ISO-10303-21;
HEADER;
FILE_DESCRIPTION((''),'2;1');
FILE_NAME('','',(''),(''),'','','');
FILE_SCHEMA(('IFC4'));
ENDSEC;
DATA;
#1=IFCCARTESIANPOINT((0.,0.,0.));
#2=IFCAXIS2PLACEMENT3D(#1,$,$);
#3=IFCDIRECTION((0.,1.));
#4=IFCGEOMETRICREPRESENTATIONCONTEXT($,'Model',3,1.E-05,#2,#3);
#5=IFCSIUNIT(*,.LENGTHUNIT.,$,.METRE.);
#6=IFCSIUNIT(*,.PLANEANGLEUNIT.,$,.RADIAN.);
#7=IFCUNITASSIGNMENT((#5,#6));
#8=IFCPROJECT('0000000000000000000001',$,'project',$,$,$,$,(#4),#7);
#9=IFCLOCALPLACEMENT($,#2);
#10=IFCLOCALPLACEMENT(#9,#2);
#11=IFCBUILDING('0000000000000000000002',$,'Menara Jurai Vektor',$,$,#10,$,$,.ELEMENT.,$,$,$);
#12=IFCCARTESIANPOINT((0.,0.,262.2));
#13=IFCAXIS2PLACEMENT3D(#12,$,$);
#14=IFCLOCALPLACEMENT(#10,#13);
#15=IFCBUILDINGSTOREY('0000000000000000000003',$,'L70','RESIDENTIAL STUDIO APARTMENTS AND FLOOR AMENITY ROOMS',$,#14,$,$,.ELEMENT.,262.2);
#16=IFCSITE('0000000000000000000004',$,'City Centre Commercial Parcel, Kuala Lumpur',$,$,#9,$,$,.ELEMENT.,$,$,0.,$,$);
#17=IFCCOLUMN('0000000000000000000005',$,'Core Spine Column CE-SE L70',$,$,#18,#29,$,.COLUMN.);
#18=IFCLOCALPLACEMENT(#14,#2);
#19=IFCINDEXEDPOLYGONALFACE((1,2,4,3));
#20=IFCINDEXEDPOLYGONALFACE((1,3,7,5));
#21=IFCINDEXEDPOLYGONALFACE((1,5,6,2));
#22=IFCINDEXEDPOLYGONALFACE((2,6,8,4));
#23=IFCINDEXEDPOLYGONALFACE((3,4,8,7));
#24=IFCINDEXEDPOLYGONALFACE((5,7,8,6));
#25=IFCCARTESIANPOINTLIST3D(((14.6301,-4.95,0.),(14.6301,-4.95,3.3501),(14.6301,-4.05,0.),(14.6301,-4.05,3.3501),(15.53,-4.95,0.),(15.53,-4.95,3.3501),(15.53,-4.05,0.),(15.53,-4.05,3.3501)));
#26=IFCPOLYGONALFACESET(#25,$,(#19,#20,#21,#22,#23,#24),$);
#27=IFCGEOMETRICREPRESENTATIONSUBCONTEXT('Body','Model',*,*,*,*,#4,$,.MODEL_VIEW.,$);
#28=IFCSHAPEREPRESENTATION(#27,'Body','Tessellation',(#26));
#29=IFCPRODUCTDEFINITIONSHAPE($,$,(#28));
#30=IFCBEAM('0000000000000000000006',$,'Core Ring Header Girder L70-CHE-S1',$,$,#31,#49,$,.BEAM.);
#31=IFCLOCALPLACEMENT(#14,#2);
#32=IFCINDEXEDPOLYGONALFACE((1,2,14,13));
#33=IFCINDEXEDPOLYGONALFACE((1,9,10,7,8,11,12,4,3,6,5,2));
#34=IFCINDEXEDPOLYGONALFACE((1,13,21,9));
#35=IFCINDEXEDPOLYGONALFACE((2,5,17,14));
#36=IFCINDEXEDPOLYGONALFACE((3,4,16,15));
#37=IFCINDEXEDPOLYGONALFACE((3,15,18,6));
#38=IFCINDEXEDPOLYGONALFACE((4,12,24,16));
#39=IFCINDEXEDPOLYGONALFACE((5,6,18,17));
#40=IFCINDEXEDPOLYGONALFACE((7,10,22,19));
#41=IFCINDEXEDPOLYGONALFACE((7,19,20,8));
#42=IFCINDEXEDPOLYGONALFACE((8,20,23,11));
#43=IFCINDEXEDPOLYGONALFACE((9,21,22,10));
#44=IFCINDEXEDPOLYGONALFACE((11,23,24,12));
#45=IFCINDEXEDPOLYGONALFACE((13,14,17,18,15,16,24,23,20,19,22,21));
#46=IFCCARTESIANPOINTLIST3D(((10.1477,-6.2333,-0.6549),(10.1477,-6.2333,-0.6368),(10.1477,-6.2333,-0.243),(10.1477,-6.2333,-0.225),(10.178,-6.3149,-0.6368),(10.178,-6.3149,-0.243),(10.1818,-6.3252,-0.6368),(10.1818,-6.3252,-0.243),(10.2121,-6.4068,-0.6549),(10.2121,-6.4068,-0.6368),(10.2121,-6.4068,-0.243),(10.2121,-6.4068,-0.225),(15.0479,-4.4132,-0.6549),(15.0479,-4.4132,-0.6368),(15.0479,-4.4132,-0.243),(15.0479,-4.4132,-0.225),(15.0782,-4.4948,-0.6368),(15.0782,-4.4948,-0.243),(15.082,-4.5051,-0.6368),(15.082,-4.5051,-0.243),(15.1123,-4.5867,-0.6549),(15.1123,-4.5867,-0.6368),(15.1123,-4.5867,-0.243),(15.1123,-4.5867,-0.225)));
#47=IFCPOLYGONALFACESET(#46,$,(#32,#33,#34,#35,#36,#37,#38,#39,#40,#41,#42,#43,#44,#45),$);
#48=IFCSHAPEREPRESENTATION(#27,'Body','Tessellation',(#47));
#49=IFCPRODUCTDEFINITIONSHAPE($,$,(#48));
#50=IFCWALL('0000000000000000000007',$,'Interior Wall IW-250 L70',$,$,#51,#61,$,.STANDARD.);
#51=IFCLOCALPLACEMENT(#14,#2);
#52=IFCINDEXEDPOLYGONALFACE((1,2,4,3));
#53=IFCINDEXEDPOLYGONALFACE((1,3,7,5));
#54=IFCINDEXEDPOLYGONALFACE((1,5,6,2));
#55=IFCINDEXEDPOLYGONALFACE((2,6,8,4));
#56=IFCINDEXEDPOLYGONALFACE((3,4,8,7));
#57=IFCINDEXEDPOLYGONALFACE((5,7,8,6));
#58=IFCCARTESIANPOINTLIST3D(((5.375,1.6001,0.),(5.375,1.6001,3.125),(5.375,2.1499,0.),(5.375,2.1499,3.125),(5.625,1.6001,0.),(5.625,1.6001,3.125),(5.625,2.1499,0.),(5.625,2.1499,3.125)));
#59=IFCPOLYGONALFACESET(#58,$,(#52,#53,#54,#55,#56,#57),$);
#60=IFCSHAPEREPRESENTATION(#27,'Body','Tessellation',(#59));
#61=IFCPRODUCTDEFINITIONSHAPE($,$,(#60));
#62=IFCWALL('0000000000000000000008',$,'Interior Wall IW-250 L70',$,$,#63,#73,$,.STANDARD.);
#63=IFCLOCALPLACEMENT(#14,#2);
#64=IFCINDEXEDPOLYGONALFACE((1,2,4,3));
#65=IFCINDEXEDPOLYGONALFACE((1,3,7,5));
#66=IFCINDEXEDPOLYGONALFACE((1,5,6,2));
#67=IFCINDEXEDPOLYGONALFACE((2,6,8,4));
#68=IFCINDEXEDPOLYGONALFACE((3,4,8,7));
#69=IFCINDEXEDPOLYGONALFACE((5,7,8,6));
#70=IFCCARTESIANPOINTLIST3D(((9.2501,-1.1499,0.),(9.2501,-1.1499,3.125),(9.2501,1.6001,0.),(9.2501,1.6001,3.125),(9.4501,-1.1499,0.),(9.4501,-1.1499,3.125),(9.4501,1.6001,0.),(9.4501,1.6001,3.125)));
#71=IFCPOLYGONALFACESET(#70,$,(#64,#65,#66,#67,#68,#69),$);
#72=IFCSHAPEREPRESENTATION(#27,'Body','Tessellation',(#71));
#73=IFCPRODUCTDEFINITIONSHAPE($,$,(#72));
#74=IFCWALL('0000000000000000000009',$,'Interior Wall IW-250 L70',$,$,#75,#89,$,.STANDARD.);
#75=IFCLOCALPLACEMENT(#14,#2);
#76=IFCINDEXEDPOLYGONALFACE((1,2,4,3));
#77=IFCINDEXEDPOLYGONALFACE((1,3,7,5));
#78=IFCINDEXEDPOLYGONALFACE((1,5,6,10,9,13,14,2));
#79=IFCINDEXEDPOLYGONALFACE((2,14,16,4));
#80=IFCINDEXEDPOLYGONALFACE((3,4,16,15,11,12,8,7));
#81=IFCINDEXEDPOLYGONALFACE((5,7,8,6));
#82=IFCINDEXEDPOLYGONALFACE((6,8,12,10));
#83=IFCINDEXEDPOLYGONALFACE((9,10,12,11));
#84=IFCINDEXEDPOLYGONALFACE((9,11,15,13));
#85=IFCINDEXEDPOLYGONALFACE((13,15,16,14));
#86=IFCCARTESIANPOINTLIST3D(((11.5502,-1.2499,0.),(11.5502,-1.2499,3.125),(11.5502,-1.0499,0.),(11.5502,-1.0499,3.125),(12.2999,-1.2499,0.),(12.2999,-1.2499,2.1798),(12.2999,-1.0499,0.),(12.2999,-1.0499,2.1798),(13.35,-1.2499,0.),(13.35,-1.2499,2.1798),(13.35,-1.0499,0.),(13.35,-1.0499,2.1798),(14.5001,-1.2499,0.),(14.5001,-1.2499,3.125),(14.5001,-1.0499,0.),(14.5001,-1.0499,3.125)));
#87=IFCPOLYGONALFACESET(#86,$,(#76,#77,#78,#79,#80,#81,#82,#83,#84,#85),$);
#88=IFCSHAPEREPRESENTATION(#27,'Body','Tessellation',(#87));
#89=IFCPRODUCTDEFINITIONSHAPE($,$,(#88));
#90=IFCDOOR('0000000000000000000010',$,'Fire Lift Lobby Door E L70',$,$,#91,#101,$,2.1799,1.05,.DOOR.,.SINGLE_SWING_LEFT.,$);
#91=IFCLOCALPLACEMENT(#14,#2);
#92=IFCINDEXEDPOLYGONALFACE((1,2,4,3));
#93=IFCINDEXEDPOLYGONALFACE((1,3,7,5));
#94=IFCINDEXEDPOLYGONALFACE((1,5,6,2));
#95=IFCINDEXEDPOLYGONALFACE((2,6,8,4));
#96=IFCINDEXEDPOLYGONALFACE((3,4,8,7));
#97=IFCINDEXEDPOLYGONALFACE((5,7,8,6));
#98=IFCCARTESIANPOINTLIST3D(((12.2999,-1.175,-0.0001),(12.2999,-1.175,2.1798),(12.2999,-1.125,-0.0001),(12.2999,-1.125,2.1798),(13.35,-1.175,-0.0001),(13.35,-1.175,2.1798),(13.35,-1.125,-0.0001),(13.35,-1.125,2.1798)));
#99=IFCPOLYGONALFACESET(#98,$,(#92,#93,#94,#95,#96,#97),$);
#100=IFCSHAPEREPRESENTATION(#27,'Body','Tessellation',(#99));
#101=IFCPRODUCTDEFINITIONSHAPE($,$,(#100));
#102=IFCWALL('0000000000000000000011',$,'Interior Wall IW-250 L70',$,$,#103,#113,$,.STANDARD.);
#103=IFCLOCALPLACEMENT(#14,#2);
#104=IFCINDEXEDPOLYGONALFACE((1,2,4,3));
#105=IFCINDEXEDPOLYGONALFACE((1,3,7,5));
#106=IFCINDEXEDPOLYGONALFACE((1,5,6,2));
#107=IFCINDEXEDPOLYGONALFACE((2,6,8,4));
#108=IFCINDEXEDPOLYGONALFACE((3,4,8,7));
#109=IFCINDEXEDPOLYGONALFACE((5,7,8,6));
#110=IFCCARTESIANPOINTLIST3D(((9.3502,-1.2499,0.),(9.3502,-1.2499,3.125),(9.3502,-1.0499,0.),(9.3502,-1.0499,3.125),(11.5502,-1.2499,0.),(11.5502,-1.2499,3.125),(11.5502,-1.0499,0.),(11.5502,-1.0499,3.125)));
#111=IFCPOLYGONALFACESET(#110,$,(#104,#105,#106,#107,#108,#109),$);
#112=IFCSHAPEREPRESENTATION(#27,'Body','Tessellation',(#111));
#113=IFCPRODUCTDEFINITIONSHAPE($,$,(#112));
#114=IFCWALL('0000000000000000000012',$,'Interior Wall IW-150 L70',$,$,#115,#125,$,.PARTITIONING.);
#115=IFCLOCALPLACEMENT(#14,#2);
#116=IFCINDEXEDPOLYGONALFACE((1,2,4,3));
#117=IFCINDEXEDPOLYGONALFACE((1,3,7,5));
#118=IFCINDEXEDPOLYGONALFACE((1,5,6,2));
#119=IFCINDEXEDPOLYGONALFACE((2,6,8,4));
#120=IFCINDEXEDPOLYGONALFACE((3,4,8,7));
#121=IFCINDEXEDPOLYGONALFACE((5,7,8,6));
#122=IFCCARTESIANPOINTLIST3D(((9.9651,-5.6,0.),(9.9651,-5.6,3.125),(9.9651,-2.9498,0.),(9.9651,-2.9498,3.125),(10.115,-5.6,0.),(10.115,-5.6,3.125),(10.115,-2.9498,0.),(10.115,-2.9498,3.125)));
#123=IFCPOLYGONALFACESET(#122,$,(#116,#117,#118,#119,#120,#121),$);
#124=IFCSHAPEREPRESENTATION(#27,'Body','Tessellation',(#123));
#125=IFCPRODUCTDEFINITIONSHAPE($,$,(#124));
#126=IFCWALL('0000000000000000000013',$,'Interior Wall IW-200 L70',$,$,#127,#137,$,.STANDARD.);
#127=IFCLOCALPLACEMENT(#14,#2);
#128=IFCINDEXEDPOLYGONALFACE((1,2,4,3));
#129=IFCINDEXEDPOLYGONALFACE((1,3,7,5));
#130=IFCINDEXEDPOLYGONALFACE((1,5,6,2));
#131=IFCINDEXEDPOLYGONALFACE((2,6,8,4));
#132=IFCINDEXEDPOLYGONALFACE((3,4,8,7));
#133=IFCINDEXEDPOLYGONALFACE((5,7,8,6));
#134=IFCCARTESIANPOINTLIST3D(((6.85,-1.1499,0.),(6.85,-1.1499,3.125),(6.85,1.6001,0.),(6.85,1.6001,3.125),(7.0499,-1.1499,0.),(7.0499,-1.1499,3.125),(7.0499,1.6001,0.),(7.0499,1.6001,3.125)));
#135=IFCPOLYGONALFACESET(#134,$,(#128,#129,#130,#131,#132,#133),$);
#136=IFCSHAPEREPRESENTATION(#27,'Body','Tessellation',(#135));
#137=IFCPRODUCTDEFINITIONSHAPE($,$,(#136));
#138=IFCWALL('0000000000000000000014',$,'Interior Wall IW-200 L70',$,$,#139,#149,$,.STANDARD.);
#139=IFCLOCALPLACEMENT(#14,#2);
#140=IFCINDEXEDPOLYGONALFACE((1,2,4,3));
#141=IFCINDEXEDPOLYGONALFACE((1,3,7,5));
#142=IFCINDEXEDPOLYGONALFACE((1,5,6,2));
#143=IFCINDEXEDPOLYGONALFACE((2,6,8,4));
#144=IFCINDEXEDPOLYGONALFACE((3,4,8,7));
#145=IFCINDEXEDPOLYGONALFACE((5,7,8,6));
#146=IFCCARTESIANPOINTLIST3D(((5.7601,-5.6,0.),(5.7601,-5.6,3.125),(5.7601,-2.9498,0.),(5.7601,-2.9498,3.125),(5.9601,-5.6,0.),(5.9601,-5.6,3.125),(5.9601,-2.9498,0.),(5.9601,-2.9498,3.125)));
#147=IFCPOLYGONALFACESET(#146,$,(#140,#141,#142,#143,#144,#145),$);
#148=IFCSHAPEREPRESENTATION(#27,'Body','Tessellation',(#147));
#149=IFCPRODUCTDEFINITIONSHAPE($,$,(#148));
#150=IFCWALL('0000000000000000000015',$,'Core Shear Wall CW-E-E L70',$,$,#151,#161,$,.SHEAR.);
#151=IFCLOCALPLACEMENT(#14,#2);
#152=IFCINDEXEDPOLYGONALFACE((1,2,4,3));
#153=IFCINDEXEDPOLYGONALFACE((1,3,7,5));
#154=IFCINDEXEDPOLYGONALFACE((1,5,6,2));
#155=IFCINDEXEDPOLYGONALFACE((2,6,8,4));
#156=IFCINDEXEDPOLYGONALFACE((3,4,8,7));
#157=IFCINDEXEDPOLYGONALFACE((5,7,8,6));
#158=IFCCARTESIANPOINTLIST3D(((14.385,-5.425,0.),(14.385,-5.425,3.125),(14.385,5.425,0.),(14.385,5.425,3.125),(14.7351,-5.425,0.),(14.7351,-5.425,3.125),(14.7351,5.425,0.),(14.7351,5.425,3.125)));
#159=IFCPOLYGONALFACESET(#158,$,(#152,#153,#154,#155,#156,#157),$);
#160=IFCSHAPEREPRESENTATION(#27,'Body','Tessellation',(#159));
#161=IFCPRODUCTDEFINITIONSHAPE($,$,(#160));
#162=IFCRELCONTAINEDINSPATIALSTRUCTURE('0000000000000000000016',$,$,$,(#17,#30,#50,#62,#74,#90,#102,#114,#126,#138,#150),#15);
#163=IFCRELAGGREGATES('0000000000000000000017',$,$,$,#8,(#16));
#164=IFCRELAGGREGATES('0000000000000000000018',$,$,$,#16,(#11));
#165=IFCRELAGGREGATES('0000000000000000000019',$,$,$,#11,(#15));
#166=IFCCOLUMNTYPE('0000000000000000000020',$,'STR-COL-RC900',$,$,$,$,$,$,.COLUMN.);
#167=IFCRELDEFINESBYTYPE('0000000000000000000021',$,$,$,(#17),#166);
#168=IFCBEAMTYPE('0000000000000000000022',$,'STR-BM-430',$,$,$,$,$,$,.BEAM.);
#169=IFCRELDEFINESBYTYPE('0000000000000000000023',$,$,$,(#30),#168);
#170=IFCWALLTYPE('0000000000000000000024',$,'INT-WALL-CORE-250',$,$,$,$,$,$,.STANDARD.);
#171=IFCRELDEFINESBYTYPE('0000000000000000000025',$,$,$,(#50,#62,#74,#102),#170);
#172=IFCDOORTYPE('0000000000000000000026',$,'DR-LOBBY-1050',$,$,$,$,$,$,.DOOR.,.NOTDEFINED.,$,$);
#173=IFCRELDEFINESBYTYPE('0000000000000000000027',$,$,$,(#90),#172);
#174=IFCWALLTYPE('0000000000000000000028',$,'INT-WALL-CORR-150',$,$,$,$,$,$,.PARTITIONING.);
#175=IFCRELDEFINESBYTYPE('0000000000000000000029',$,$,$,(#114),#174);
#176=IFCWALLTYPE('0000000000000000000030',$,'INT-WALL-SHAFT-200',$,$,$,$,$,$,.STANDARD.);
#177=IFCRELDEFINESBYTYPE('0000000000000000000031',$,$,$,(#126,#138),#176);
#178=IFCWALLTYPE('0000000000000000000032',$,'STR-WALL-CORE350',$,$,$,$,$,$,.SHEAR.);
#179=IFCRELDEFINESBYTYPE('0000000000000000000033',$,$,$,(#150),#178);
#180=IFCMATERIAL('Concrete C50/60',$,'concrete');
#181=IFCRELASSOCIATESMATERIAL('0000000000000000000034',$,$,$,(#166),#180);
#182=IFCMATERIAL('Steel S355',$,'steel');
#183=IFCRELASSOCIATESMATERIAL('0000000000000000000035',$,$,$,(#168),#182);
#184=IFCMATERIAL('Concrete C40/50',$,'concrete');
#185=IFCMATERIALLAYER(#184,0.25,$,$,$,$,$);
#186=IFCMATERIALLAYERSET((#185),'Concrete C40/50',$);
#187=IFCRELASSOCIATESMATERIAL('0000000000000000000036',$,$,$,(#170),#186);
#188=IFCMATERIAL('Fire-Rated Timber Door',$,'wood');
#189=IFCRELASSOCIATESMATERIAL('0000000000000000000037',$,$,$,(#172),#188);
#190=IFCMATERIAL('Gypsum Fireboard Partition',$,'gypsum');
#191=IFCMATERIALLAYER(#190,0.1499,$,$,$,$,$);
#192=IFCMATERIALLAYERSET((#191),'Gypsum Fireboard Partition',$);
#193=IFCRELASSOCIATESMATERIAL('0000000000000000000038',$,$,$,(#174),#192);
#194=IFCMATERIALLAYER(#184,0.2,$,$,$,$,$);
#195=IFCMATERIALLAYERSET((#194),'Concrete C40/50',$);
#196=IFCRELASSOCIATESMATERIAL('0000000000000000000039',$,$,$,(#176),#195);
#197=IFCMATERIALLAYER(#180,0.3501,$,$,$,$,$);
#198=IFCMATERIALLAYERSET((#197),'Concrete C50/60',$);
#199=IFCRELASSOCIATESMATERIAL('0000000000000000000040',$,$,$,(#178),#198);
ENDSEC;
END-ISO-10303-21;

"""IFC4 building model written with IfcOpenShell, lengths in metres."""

from ifc_helpers import new_model, si_unit, direction, frame, frame_2d, origin, origin_2d, place, context, subcontext, project, spatial, rectangle, i_section, extrude, material, layer, layer_set, material_profile, profile_set, type_object, element, fill, save


model = new_model("IFC4")

# Units and contexts
model_context = context("Model", 3, precision=1e-05, world=origin(), true_north=direction((0.0, 1.0)))
body_context = subcontext(model_context, "Body", "Model", "MODEL_VIEW")
ifc_project = project(units=[si_unit("LENGTHUNIT", "METRE"), si_unit("PLANEANGLEUNIT", "RADIAN")], contexts=[model_context])

# Site, building, storey
site_placement = place(None, origin())
site = spatial("IfcSite", under=ifc_project, at=site_placement, Name="City Centre Commercial Parcel, Kuala Lumpur", CompositionType="ELEMENT", RefElevation=0.0)
building_placement = place(site_placement, origin())
building = spatial("IfcBuilding", under=site, at=building_placement, Name="Menara Jurai Vektor", CompositionType="ELEMENT")
storey_placement = place(building_placement, frame((0.0, 0.0, 262.2)))
storey = spatial("IfcBuildingStorey", under=building, at=storey_placement, Name="L70", Description="RESIDENTIAL STUDIO APARTMENTS AND FLOOR AMENITY ROOMS", CompositionType="ELEMENT", Elevation=262.2)

# Column
ifc_material_1 = material(Name="Concrete C50/60", Category="concrete")
ifc_material_profile_1 = material_profile(ifc_material_1, rectangle(XDim=0.8999, YDim=0.8999, at=origin_2d()), Name="RC 900x900")
ifc_profile_set_1 = profile_set([ifc_material_profile_1], Name="Concrete C50/60")
column_type = type_object("IfcColumnType", Name="STR-COL-RC900", PredefinedType="COLUMN", material=ifc_profile_set_1)
column_placement = place(storey_placement, frame((15.0801, -4.5, 0.0), z_axis=(0.0, 0.0, 1.0), x_axis=(1.0, 0.0, 0.0)))
element("IfcColumn", 1, at=column_placement, inside=storey, type_object=column_type, Name="Core Spine Column CE-SE L70", PredefinedType="COLUMN", context=body_context, shape_type="SweptSolid", body=[
    extrude(rectangle(XDim=0.8999, YDim=0.8999, at=origin_2d()), origin(), (0.0, 0.0, 1.0), 3.3501),
])

# Beam
ifc_material_2 = material(Name="Steel S355", Category="steel")
ifc_material_profile_2 = material_profile(ifc_material_2, i_section(OverallWidth=0.1851, OverallDepth=0.4299, WebThickness=0.011, FlangeThickness=0.0181, at=origin_2d()), Name="PG 430x185x76")
ifc_profile_set_2 = profile_set([ifc_material_profile_2], Name="Steel S355")
beam_type = type_object("IfcBeamType", Name="STR-BM-430", PredefinedType="BEAM", material=ifc_profile_set_2)
beam_placement = place(storey_placement, frame((10.1799, -6.3201, -0.4399), z_axis=(0.937424, 0.348189, 0.0), x_axis=(-0.348189, 0.937424, 0.0)))
element("IfcBeam", 2, at=beam_placement, inside=storey, type_object=beam_type, Name="Core Ring Header Girder L70-CHE-S1", PredefinedType="BEAM", context=body_context, shape_type="SweptSolid", body=[
    extrude(i_section(OverallWidth=0.1851, OverallDepth=0.4299, WebThickness=0.011, FlangeThickness=0.0181, at=origin_2d()), origin(), (0.0, 0.0, 1.0), 5.2273),
])

# Wall
ifc_material_3 = material(Name="Concrete C40/50", Category="concrete")
ifc_layer_1 = layer(ifc_material_3, 0.25)
ifc_layer_set_1 = layer_set([ifc_layer_1], Name="Concrete C40/50")
wall_type_1 = type_object("IfcWallType", Name="INT-WALL-CORE-250", PredefinedType="STANDARD", material=ifc_layer_set_1)
wall_1_placement = place(storey_placement, frame((5.5, 1.6001, 0.0), z_axis=(0.0, 0.0, 1.0), x_axis=(0.0, 1.0, 0.0)))
element("IfcWall", 3, at=wall_1_placement, inside=storey, type_object=wall_type_1, Name="Interior Wall IW-250 L70", PredefinedType="STANDARD", context=body_context, shape_type="SweptSolid", body=[
    extrude(rectangle(XDim=0.5498, YDim=0.25, at=frame_2d((0.2749, 0.0))), origin(), (0.0, 0.0, 1.0), 3.125),
])

# Wall
wall_2_placement = place(storey_placement, frame((9.3501, -1.1499, 0.0), z_axis=(0.0, 0.0, 1.0), x_axis=(0.0, 1.0, 0.0)))
element("IfcWall", 4, at=wall_2_placement, inside=storey, type_object=wall_type_1, Name="Interior Wall IW-250 L70", PredefinedType="STANDARD", context=body_context, shape_type="SweptSolid", body=[
    extrude(rectangle(XDim=2.75, YDim=0.2, at=frame_2d((1.375, 0.0))), origin(), (0.0, 0.0, 1.0), 3.125),
])

# Wall, opening, door
wall_3_placement = place(storey_placement, frame((11.55, -1.1499, 0.0), z_axis=(0.0, 0.0, 1.0), x_axis=(1.0, 0.0, 0.0)))
wall_3 = element("IfcWall", 5, at=wall_3_placement, inside=storey, type_object=wall_type_1, Name="Interior Wall IW-250 L70", PredefinedType="STANDARD", context=body_context, shape_type="SweptSolid", body=[
    extrude(rectangle(XDim=2.95, YDim=0.2, at=frame_2d((1.4751, 0.0))), origin(), (0.0, 0.0, 1.0), 3.125),
])
opening_1_placement = place(wall_3_placement, frame((0.75, 0.0, 0.0)))
opening_1 = element("IfcOpeningElement", 6, at=opening_1_placement, cuts=wall_3, PredefinedType="OPENING", context=body_context, shape_type="SweptSolid", body=[
    extrude(rectangle(XDim=1.05, YDim=2.1799, at=frame_2d((0.5249, 1.0898))), frame((0.0, 0.1099, 0.0), z_axis=(0.0, -1.0, 0.0), x_axis=(1.0, 0.0, 0.0)), (0.0, 0.0, 1.0), 0.22),
])
ifc_material_4 = material(Name="Fire-Rated Timber Door", Category="wood")
door_type_1 = type_object("IfcDoorType", Name="DR-LOBBY-1050", OperationType="NOTDEFINED", PredefinedType="DOOR", material=ifc_material_4)
door_1_placement = place(opening_1_placement, origin())
door_1 = element("IfcDoor", 7, at=door_1_placement, inside=storey, type_object=door_type_1, Name="Fire Lift Lobby Door E L70", OperationType="SINGLE_SWING_LEFT", OverallHeight=2.1799, OverallWidth=1.05, PredefinedType="DOOR", context=body_context, shape_type="SweptSolid", body=[
    extrude(rectangle(XDim=1.05, YDim=2.1799, at=frame_2d((0.5249, 1.0898))), frame((0.0, 0.0249, 0.0), z_axis=(0.0, -1.0, 0.0), x_axis=(1.0, 0.0, 0.0)), (0.0, 0.0, 1.0), 0.05),
])
fill(opening_1, door_1)

# Walls
wall_4_placement = place(storey_placement, frame((9.3501, -1.1499, 0.0), z_axis=(0.0, 0.0, 1.0), x_axis=(1.0, 0.0, 0.0)))
element("IfcWall", 8, at=wall_4_placement, inside=storey, type_object=wall_type_1, Name="Interior Wall IW-250 L70", PredefinedType="STANDARD", context=body_context, shape_type="SweptSolid", body=[
    extrude(rectangle(XDim=2.2, YDim=0.2, at=frame_2d((1.1001, 0.0))), origin(), (0.0, 0.0, 1.0), 3.125),
])
ifc_material_5 = material(Name="Gypsum Fireboard Partition", Category="gypsum")
ifc_layer_2 = layer(ifc_material_5, 0.1499)
ifc_layer_set_2 = layer_set([ifc_layer_2], Name="Gypsum Fireboard Partition")
wall_type_2 = type_object("IfcWallType", Name="INT-WALL-CORR-150", PredefinedType="PARTITIONING", material=ifc_layer_set_2)
wall_5_placement = place(storey_placement, frame((10.04, -5.6001, 0.0), z_axis=(0.0, 0.0, 1.0), x_axis=(0.0, 1.0, 0.0)))
element("IfcWall", 9, at=wall_5_placement, inside=storey, type_object=wall_type_2, Name="Interior Wall IW-150 L70", PredefinedType="PARTITIONING", context=body_context, shape_type="SweptSolid", body=[
    extrude(rectangle(XDim=2.6501, YDim=0.1499, at=frame_2d((1.3252, 0.0))), origin(), (0.0, 0.0, 1.0), 3.125),
])
ifc_layer_3 = layer(ifc_material_3, 0.2)
ifc_layer_set_3 = layer_set([ifc_layer_3], Name="Concrete C40/50")
wall_type_3 = type_object("IfcWallType", Name="INT-WALL-SHAFT-200", PredefinedType="STANDARD", material=ifc_layer_set_3)
wall_6_placement = place(storey_placement, frame((6.95, -1.1499, 0.0), z_axis=(0.0, 0.0, 1.0), x_axis=(0.0, 1.0, 0.0)))
element("IfcWall", 10, at=wall_6_placement, inside=storey, type_object=wall_type_3, Name="Interior Wall IW-200 L70", PredefinedType="STANDARD", context=body_context, shape_type="SweptSolid", body=[
    extrude(rectangle(XDim=2.75, YDim=0.2, at=frame_2d((1.375, 0.0))), origin(), (0.0, 0.0, 1.0), 3.125),
])

# Walls
wall_7_placement = place(storey_placement, frame((5.8601, -5.6001, 0.0), z_axis=(0.0, 0.0, 1.0), x_axis=(0.0, 1.0, 0.0)))
element("IfcWall", 11, at=wall_7_placement, inside=storey, type_object=wall_type_3, Name="Interior Wall IW-200 L70", PredefinedType="STANDARD", context=body_context, shape_type="SweptSolid", body=[
    extrude(rectangle(XDim=2.6501, YDim=0.2, at=frame_2d((1.3252, 0.0))), origin(), (0.0, 0.0, 1.0), 3.125),
])
ifc_layer_4 = layer(ifc_material_1, 0.3501)
ifc_layer_set_4 = layer_set([ifc_layer_4], Name="Concrete C50/60")
wall_type_4 = type_object("IfcWallType", Name="STR-WALL-CORE350", PredefinedType="SHEAR", material=ifc_layer_set_4)
wall_8_placement = place(storey_placement, frame((14.5601, -5.425, 0.0), z_axis=(0.0, 0.0, 1.0), x_axis=(0.0, 1.0, 0.0)))
element("IfcWall", 12, at=wall_8_placement, inside=storey, type_object=wall_type_4, Name="Core Shear Wall CW-E-E L70", PredefinedType="SHEAR", context=body_context, shape_type="SweptSolid", body=[
    extrude(rectangle(XDim=10.8501, YDim=0.3501, at=frame_2d((5.425, 0.0))), origin(), (0.0, 0.0, 1.0), 3.125),
])

save(model, "model.ifc")
